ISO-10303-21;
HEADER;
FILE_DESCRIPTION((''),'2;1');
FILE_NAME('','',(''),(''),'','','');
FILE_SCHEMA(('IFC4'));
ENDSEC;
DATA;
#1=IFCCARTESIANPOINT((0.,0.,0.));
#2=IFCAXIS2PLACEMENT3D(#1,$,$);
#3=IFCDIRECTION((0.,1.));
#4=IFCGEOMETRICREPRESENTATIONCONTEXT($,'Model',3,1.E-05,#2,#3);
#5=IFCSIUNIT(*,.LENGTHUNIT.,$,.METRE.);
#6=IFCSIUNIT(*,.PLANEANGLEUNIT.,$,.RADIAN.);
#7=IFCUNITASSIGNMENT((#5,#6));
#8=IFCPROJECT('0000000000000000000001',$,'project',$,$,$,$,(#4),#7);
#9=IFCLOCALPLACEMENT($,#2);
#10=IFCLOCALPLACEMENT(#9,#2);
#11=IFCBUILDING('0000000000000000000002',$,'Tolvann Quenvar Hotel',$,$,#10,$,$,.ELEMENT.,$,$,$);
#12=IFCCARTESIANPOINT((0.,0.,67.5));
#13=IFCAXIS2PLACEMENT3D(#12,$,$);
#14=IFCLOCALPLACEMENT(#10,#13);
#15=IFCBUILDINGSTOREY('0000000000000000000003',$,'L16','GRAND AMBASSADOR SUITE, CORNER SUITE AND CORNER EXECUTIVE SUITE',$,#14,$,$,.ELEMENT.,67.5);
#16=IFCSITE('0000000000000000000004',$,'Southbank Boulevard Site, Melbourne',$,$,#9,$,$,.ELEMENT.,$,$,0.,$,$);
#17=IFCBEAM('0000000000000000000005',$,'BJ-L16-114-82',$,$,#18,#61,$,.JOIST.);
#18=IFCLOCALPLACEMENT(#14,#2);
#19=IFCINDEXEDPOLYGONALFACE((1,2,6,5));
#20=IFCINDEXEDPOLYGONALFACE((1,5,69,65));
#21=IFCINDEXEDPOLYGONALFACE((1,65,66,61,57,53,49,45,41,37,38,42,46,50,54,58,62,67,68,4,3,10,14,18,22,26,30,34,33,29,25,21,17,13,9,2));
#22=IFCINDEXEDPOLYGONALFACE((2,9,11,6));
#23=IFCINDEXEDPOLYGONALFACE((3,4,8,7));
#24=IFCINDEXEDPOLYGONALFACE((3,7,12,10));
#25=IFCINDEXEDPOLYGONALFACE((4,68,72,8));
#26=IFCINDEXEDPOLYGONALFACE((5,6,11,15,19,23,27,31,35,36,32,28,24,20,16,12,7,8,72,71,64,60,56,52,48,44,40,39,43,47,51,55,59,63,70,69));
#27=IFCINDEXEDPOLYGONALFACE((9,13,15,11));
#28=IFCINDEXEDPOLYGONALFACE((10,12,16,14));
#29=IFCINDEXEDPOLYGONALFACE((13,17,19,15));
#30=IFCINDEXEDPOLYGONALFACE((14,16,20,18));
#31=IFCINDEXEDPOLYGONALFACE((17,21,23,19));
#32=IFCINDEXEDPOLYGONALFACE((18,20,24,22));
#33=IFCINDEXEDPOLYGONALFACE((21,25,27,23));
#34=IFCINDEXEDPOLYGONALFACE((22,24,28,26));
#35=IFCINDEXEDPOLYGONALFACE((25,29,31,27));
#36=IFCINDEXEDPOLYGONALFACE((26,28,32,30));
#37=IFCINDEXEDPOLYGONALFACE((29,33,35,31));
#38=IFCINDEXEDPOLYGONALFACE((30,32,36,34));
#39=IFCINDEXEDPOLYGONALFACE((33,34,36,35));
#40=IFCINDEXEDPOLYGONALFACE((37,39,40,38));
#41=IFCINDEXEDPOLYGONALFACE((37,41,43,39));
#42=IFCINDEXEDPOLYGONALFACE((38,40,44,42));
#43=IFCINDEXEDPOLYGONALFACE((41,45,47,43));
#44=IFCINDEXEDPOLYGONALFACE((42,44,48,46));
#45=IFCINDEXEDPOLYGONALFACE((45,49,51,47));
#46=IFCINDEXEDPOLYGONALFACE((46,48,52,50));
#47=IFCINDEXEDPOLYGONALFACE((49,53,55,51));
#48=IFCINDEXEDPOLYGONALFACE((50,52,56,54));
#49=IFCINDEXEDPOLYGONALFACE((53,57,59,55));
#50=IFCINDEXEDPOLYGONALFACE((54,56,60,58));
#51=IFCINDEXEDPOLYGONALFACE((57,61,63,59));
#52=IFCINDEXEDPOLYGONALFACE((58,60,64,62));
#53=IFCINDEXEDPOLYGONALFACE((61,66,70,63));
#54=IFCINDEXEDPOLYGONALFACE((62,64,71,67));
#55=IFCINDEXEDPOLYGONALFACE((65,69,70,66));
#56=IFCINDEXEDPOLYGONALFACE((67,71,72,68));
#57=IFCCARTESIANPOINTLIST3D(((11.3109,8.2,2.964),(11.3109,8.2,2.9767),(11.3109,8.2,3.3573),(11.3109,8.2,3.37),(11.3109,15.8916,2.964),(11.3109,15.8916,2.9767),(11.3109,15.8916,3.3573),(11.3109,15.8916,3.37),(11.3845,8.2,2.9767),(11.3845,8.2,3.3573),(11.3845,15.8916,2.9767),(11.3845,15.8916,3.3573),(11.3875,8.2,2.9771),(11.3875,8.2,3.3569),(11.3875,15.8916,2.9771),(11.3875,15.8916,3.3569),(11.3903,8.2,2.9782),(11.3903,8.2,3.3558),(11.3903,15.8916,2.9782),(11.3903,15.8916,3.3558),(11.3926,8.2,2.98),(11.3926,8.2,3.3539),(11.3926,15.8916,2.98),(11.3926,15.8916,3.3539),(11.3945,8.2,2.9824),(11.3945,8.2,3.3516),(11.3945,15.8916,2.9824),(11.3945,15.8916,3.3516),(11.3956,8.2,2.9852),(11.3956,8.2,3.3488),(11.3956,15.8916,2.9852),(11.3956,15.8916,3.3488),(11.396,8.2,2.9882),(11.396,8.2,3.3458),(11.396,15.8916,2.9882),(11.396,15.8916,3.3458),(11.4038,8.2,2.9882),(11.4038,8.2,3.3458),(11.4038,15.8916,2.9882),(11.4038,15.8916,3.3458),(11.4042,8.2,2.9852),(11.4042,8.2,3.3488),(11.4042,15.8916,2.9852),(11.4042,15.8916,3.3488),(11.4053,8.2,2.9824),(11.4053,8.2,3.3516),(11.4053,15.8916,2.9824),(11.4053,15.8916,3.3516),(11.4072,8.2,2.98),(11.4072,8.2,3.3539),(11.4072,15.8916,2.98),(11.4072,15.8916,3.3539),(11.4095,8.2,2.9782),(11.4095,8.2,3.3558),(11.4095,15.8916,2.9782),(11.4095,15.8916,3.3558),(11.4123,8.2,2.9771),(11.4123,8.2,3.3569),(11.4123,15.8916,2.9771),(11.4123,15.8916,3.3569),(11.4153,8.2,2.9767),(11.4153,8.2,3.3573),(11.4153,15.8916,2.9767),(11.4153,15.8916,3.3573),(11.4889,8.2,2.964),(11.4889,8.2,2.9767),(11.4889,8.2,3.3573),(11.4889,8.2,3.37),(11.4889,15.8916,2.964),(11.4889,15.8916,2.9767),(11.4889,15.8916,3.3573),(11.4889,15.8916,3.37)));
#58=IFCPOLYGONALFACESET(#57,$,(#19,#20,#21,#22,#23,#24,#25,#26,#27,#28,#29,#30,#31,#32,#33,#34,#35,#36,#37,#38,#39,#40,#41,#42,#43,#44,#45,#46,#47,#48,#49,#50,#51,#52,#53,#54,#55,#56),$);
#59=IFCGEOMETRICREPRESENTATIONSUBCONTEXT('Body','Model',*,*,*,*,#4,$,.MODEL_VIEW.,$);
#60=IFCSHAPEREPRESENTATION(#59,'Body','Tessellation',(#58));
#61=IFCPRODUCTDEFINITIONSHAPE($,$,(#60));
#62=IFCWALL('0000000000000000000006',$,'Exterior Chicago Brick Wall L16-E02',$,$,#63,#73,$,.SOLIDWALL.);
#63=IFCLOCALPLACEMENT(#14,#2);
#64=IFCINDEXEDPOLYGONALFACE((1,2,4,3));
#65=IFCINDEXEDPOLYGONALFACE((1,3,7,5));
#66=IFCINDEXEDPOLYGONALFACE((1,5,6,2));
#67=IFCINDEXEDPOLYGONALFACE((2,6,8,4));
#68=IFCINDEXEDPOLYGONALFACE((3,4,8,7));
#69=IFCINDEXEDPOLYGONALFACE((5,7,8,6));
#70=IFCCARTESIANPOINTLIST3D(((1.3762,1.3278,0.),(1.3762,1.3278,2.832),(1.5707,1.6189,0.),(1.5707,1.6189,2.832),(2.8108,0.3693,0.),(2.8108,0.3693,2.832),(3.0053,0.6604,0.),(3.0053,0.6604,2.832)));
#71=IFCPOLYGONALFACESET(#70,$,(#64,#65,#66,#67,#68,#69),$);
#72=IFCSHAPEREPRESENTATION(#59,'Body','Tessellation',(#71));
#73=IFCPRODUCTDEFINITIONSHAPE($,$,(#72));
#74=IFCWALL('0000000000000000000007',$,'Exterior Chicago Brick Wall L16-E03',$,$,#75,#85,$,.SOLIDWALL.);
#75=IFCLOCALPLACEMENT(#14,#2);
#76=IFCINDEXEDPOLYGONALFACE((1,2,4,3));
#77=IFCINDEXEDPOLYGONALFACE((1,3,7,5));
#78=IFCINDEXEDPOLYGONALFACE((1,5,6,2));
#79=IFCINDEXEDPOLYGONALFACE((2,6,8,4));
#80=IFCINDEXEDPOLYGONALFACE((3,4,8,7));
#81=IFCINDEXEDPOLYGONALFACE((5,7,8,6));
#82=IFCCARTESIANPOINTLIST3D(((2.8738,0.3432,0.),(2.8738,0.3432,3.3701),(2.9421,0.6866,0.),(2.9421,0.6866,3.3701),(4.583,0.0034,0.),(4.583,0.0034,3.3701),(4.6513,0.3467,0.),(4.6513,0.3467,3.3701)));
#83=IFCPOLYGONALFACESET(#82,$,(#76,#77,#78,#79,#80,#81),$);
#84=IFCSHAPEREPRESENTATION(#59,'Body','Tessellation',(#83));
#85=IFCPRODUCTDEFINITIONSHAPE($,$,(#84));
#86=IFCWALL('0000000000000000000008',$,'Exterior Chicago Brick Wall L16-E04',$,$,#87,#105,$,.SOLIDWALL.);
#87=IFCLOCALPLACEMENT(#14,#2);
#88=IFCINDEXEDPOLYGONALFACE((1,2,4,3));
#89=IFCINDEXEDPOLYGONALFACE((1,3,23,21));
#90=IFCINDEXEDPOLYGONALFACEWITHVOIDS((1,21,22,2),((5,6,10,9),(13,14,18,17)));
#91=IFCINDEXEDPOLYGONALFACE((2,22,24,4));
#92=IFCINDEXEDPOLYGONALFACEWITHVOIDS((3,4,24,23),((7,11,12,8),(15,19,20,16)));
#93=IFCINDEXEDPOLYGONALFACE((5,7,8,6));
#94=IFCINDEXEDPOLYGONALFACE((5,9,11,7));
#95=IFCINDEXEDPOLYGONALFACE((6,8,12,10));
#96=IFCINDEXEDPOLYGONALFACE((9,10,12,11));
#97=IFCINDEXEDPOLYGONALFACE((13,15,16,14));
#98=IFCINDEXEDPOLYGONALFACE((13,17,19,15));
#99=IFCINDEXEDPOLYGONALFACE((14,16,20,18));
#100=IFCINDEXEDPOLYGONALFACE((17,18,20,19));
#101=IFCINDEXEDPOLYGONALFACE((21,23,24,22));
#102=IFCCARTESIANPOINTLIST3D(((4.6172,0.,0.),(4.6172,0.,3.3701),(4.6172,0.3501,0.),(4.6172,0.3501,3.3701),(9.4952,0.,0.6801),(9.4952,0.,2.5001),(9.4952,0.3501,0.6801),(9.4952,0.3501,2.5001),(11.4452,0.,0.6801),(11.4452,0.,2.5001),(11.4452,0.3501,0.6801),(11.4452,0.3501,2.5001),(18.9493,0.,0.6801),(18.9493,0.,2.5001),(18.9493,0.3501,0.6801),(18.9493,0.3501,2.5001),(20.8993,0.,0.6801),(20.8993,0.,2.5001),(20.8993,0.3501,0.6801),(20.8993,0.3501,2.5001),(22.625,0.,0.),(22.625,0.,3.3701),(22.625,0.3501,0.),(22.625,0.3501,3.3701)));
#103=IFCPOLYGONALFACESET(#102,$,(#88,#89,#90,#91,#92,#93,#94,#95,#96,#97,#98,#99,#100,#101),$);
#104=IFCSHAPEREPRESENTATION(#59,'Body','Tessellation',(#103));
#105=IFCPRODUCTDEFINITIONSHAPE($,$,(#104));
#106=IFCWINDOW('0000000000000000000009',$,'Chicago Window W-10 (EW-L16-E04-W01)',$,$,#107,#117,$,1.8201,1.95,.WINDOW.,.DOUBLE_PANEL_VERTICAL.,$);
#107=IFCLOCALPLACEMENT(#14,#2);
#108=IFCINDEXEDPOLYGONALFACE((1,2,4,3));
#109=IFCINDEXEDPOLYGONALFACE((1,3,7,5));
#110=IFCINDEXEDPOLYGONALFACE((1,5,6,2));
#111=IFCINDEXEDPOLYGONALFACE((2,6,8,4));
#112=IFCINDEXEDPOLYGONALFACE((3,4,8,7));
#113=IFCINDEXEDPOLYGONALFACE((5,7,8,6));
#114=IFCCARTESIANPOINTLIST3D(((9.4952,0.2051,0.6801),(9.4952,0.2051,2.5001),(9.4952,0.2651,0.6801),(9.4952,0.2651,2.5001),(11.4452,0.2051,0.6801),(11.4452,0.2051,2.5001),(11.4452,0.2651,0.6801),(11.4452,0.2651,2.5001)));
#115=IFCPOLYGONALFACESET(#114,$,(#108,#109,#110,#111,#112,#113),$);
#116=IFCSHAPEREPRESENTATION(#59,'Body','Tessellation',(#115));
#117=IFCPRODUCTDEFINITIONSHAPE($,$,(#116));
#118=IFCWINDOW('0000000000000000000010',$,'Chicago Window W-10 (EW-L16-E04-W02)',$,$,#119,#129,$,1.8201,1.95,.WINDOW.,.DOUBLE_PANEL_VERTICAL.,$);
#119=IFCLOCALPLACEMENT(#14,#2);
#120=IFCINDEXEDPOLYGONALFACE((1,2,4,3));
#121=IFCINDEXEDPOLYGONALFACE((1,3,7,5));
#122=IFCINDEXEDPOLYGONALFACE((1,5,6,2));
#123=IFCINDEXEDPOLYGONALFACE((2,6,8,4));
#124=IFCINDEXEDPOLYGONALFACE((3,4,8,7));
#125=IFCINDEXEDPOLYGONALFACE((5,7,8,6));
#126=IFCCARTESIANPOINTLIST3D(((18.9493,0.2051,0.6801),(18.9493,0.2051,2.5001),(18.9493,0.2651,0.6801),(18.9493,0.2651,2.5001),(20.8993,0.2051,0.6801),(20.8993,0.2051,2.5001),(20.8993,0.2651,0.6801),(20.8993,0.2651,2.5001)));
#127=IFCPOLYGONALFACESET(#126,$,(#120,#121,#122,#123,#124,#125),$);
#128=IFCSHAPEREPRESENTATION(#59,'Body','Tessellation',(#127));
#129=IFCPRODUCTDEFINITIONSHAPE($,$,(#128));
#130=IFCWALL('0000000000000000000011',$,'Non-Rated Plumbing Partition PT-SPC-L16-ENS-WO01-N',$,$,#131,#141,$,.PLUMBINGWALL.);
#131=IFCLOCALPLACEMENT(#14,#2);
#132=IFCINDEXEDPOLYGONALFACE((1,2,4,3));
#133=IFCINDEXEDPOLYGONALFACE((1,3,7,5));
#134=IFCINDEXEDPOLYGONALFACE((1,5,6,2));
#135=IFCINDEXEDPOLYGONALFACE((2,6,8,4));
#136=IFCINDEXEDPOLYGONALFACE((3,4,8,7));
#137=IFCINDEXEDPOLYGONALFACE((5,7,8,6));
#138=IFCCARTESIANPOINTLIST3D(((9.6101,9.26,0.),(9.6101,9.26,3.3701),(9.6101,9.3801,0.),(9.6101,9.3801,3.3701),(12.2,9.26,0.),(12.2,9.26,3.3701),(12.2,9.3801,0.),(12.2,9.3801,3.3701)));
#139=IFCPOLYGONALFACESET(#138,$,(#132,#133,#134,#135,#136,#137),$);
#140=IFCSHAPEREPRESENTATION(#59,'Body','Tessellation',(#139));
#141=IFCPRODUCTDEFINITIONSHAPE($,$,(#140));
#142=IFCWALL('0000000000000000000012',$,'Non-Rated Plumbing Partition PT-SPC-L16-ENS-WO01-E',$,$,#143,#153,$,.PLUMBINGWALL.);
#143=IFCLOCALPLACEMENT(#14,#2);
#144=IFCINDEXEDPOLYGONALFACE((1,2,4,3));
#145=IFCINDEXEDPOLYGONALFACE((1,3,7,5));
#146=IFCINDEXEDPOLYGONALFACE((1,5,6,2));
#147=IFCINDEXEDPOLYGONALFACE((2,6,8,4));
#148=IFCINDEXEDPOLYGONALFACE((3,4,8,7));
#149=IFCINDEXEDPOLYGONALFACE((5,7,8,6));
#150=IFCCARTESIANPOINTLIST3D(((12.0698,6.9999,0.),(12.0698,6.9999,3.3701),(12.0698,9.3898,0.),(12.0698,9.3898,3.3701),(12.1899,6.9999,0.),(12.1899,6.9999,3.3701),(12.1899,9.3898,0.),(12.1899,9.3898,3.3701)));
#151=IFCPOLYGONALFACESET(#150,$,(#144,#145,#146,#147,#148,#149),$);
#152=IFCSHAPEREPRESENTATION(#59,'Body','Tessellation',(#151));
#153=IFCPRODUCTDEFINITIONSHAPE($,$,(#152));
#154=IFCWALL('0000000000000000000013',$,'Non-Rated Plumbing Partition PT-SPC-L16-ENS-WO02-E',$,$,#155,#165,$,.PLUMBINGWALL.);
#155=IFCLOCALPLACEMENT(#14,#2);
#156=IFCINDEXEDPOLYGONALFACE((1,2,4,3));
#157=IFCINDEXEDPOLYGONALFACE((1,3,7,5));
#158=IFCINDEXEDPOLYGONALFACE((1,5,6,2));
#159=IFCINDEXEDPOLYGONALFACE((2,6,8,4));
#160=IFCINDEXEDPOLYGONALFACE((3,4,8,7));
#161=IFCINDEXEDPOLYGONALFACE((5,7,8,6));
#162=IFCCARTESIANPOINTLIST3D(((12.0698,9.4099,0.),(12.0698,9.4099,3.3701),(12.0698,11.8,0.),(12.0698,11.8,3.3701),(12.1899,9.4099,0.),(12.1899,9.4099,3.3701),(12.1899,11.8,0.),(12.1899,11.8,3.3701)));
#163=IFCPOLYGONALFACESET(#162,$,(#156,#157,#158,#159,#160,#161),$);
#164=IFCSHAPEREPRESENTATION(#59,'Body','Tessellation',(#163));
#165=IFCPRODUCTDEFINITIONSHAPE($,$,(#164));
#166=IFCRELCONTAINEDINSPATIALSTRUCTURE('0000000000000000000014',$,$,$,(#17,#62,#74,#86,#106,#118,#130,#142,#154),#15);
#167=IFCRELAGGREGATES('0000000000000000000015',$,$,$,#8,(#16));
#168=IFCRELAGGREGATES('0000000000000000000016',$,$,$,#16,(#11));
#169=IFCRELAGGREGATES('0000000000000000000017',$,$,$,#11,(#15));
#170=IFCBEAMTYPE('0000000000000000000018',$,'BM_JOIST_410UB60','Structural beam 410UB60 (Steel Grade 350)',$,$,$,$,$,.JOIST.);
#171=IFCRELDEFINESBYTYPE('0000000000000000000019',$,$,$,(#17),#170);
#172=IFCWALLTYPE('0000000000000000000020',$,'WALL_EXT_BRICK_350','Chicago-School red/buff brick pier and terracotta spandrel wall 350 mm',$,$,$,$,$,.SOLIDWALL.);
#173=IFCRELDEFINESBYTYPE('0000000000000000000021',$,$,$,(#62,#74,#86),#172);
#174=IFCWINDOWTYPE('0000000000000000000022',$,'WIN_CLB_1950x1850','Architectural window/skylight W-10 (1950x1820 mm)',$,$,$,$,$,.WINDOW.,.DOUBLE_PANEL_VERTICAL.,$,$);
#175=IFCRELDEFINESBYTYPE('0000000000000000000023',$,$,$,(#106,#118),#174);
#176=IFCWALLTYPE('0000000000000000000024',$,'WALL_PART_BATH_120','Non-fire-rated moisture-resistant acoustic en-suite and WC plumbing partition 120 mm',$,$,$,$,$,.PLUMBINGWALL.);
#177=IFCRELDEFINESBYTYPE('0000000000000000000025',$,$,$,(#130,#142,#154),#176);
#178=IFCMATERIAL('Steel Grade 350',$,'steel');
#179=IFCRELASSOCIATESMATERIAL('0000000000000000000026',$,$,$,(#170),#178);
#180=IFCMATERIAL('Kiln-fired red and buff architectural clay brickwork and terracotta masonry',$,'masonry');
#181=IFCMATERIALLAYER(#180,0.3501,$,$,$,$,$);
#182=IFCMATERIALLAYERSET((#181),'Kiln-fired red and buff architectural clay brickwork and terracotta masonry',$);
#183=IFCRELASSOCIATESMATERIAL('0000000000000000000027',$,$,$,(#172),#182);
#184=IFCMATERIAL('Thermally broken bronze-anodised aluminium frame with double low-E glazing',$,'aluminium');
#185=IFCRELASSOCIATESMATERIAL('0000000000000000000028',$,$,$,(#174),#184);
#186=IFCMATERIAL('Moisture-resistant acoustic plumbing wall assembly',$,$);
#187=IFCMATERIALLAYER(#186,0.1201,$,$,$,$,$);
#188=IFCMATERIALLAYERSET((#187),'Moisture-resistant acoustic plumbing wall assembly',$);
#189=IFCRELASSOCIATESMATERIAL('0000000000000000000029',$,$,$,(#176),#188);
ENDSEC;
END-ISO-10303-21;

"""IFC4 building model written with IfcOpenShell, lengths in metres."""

from ifc_helpers import new_model, si_unit, direction, frame, frame_2d, origin, origin_2d, place, context, subcontext, project, spatial, rectangle, i_section, extrude, source, transform, mapped, material, layer, layer_set, material_profile, profile_set, type_object, type_shapes, element, fill, save


model = new_model("IFC4")

# Units and contexts
model_context = context("Model", 3, precision=1e-05, world=origin(), true_north=direction((0.0, 1.0)))
body_context = subcontext(model_context, "Body", "Model", "MODEL_VIEW")
ifc_project = project(units=[si_unit("LENGTHUNIT", "METRE"), si_unit("PLANEANGLEUNIT", "RADIAN")], contexts=[model_context])

# Site, building, storey
site_placement = place(None, origin())
site = spatial("IfcSite", under=ifc_project, at=site_placement, Name="Southbank Boulevard Site, Melbourne", CompositionType="ELEMENT", RefElevation=0.0)
building_placement = place(site_placement, origin())
building = spatial("IfcBuilding", under=site, at=building_placement, Name="Tolvann Quenvar Hotel", CompositionType="ELEMENT")
storey_placement = place(building_placement, frame((0.0, 0.0, 67.5)))
storey = spatial("IfcBuildingStorey", under=building, at=storey_placement, Name="L16", Description="GRAND AMBASSADOR SUITE, CORNER SUITE AND CORNER EXECUTIVE SUITE", CompositionType="ELEMENT", Elevation=67.5)

# Shared definitions
ifc_material_1 = material(Name="Steel Grade 350", Category="steel")

# Beam
ifc_material_profile_1 = material_profile(ifc_material_1, i_section(OverallWidth=0.178, OverallDepth=0.406, WebThickness=0.0078, FlangeThickness=0.0127, FilletRadius=0.0115, at=origin_2d()), Name="410UB60")
ifc_profile_set_1 = profile_set([ifc_material_profile_1], Name="Steel Grade 350")
beam_type_1 = type_object("IfcBeamType", Name="BM_JOIST_410UB60", Description="Structural beam 410UB60 (Steel Grade 350)", PredefinedType="JOIST", material=ifc_profile_set_1)
shared_shape_1 = source(origin(), body_context, "Body", "SweptSolid", [
    extrude(i_section(OverallWidth=0.178, OverallDepth=0.406, WebThickness=0.0078, FlangeThickness=0.0127, FilletRadius=0.0115, at=origin_2d()), origin(), (0.0, 0.0, 1.0), 7.6917),
])
type_shapes(beam_type_1, [shared_shape_1])
beam_1_placement = place(storey_placement, frame((11.3999, 8.2, 3.167), z_axis=(0.0, 1.0, 0.0), x_axis=(-1.0, 0.0, 0.0)))
element("IfcBeam", 1, at=beam_1_placement, inside=storey, type_object=beam_type_1, Name="BJ-L16-114-82", PredefinedType="JOIST", context=body_context, shape_type="MappedRepresentation", body=[
    mapped(shared_shape_1, transform((0.0, 0.0, 0.0), x_axis=(1.0, 0.0, 0.0), y_axis=(0.0, 1.0, 0.0), z_axis=(0.0, 0.0, 1.0), scale=1.0)),
])

# Walls
ifc_material_2 = material(Name="Kiln-fired red and buff architectural clay brickwork and terracotta masonry", Category="masonry")
ifc_layer_1 = layer(ifc_material_2, 0.3501)
ifc_layer_set_1 = layer_set([ifc_layer_1], Name="Kiln-fired red and buff architectural clay brickwork and terracotta masonry")
wall_type_1 = type_object("IfcWallType", Name="WALL_EXT_BRICK_350", Description="Chicago-School red/buff brick pier and terracotta spandrel wall 350 mm", PredefinedType="SOLIDWALL", material=ifc_layer_set_1)
wall_1_placement = place(storey_placement, frame((1.4734, 1.4734, 0.0), z_axis=(0.0, 0.0, 1.0), x_axis=(0.831484, -0.555549, 0.0)))
element("IfcWall", 2, at=wall_1_placement, inside=storey, type_object=wall_type_1, Name="Exterior Chicago Brick Wall L16-E02", PredefinedType="SOLIDWALL", context=body_context, shape_type="SweptSolid", body=[
    extrude(rectangle(XDim=1.7253, YDim=0.3501, at=frame_2d((0.8628, 0.0))), origin(), (0.0, 0.0, 1.0), 2.832),
])
wall_2_placement = place(storey_placement, frame((2.908, 0.5149, 0.0), z_axis=(0.0, 0.0, 1.0), x_axis=(0.980801, -0.195011, 0.0)))
element("IfcWall", 3, at=wall_2_placement, inside=storey, type_object=wall_type_1, Name="Exterior Chicago Brick Wall L16-E03", PredefinedType="SOLIDWALL", context=body_context, shape_type="SweptSolid", body=[
    extrude(rectangle(XDim=1.7427, YDim=0.3501, at=frame_2d((0.8713, 0.0))), origin(), (0.0, 0.0, 1.0), 3.3701),
])

# Wall, openings, windows
wall_3_placement = place(storey_placement, frame((4.6172, 0.175, 0.0), z_axis=(0.0, 0.0, 1.0), x_axis=(1.0, 0.0, 0.0)))
wall_3 = element("IfcWall", 4, at=wall_3_placement, inside=storey, type_object=wall_type_1, Name="Exterior Chicago Brick Wall L16-E04", PredefinedType="SOLIDWALL", context=body_context, shape_type="SweptSolid", body=[
    extrude(rectangle(XDim=18.0078, YDim=0.3501, at=frame_2d((9.0039, 0.0))), origin(), (0.0, 0.0, 1.0), 3.3701),
])
opening_1_placement = place(wall_3_placement, frame((4.8779, 0.0, 0.6799)))
opening_1 = element("IfcOpeningElement", 5, at=opening_1_placement, cuts=wall_3, PredefinedType="OPENING", context=body_context, shape_type="SweptSolid", body=[
    extrude(rectangle(XDim=1.95, YDim=1.8201, at=frame_2d((0.9751, 0.9102))), frame((0.0, 0.1851, 0.0), z_axis=(0.0, -1.0, 0.0), x_axis=(1.0, 0.0, 0.0)), (0.0, 0.0, 1.0), 0.3701),
])
opening_2_placement = place(wall_3_placement, frame((14.332, 0.0, 0.6799)))
opening_2 = element("IfcOpeningElement", 6, at=opening_2_placement, cuts=wall_3, PredefinedType="OPENING", context=body_context, shape_type="SweptSolid", body=[
    extrude(rectangle(XDim=1.95, YDim=1.8201, at=frame_2d((0.9751, 0.9102))), frame((0.0, 0.1851, 0.0), z_axis=(0.0, -1.0, 0.0), x_axis=(1.0, 0.0, 0.0)), (0.0, 0.0, 1.0), 0.3701),
])
ifc_material_3 = material(Name="Thermally broken bronze-anodised aluminium frame with double low-E glazing", Category="aluminium")
window_type = type_object("IfcWindowType", Name="WIN_CLB_1950x1850", Description="Architectural window/skylight W-10 (1950x1820 mm)", PartitioningType="DOUBLE_PANEL_VERTICAL", PredefinedType="WINDOW", material=ifc_material_3)
shared_shape_2 = source(origin(), body_context, "Body", "SweptSolid", [
    extrude(rectangle(XDim=1.95, YDim=1.8201, at=frame_2d((0.9751, 0.9102))), frame((0.0, 0.0901, 0.0), z_axis=(0.0, -1.0, 0.0), x_axis=(1.0, 0.0, 0.0)), (0.0, 0.0, 1.0), 0.0601),
])
type_shapes(window_type, [shared_shape_2])
window_1_placement = place(opening_1_placement, origin())
window_1 = element("IfcWindow", 7, at=window_1_placement, inside=storey, type_object=window_type, Name="Chicago Window W-10 (EW-L16-E04-W01)", OverallHeight=1.8201, OverallWidth=1.95, PartitioningType="DOUBLE_PANEL_VERTICAL", PredefinedType="WINDOW", context=body_context, shape_type="MappedRepresentation", body=[
    mapped(shared_shape_2, transform((0.0, 0.0, 0.0), x_axis=(1.0, 0.0, 0.0), y_axis=(0.0, 1.0, 0.0), z_axis=(0.0, 0.0, 1.0), scale=1.0)),
])
fill(opening_1, window_1)
window_2_placement = place(opening_2_placement, origin())
window_2 = element("IfcWindow", 8, at=window_2_placement, inside=storey, type_object=window_type, Name="Chicago Window W-10 (EW-L16-E04-W02)", OverallHeight=1.8201, OverallWidth=1.95, PartitioningType="DOUBLE_PANEL_VERTICAL", PredefinedType="WINDOW", context=body_context, shape_type="MappedRepresentation", body=[
    mapped(shared_shape_2, transform((0.0, 0.0, 0.0), x_axis=(1.0, 0.0, 0.0), y_axis=(0.0, 1.0, 0.0), z_axis=(0.0, 0.0, 1.0), scale=1.0)),
])
fill(opening_2, window_2)

# Walls
ifc_material_4 = material(Name="Moisture-resistant acoustic plumbing wall assembly")
ifc_layer_2 = layer(ifc_material_4, 0.1201)
ifc_layer_set_2 = layer_set([ifc_layer_2], Name="Moisture-resistant acoustic plumbing wall assembly")
wall_type_2 = type_object("IfcWallType", Name="WALL_PART_BATH_120", Description="Non-fire-rated moisture-resistant acoustic en-suite and WC plumbing partition 120 mm", PredefinedType="PLUMBINGWALL", material=ifc_layer_set_2)
wall_4_placement = place(storey_placement, frame((9.6101, 9.3201, 0.0), z_axis=(0.0, 0.0, 1.0), x_axis=(1.0, 0.0, 0.0)))
element("IfcWall", 9, at=wall_4_placement, inside=storey, type_object=wall_type_2, Name="Non-Rated Plumbing Partition PT-SPC-L16-ENS-WO01-N", PredefinedType="PLUMBINGWALL", context=body_context, shape_type="SweptSolid", body=[
    extrude(rectangle(XDim=2.5898, YDim=0.1201, at=frame_2d((1.2949, 0.0))), origin(), (0.0, 0.0, 1.0), 3.3701),
])
wall_5_placement = place(storey_placement, frame((12.1299, 7.0, 0.0), z_axis=(0.0, 0.0, 1.0), x_axis=(0.0, 1.0, 0.0)))
element("IfcWall", 10, at=wall_5_placement, inside=storey, type_object=wall_type_2, Name="Non-Rated Plumbing Partition PT-SPC-L16-ENS-WO01-E", PredefinedType="PLUMBINGWALL", context=body_context, shape_type="SweptSolid", body=[
    extrude(rectangle(XDim=2.3899, YDim=0.1201, at=frame_2d((1.1948, 0.0))), origin(), (0.0, 0.0, 1.0), 3.3701),
])
wall_6_placement = place(storey_placement, frame((12.1299, 9.4099, 0.0), z_axis=(0.0, 0.0, 1.0), x_axis=(0.0, 1.0, 0.0)))
element("IfcWall", 11, at=wall_6_placement, inside=storey, type_object=wall_type_2, Name="Non-Rated Plumbing Partition PT-SPC-L16-ENS-WO02-E", PredefinedType="PLUMBINGWALL", context=body_context, shape_type="SweptSolid", body=[
    extrude(rectangle(XDim=2.3901, YDim=0.1201, at=frame_2d((1.1951, 0.0))), origin(), (0.0, 0.0, 1.0), 3.3701),
])

save(model, "model.ifc")
